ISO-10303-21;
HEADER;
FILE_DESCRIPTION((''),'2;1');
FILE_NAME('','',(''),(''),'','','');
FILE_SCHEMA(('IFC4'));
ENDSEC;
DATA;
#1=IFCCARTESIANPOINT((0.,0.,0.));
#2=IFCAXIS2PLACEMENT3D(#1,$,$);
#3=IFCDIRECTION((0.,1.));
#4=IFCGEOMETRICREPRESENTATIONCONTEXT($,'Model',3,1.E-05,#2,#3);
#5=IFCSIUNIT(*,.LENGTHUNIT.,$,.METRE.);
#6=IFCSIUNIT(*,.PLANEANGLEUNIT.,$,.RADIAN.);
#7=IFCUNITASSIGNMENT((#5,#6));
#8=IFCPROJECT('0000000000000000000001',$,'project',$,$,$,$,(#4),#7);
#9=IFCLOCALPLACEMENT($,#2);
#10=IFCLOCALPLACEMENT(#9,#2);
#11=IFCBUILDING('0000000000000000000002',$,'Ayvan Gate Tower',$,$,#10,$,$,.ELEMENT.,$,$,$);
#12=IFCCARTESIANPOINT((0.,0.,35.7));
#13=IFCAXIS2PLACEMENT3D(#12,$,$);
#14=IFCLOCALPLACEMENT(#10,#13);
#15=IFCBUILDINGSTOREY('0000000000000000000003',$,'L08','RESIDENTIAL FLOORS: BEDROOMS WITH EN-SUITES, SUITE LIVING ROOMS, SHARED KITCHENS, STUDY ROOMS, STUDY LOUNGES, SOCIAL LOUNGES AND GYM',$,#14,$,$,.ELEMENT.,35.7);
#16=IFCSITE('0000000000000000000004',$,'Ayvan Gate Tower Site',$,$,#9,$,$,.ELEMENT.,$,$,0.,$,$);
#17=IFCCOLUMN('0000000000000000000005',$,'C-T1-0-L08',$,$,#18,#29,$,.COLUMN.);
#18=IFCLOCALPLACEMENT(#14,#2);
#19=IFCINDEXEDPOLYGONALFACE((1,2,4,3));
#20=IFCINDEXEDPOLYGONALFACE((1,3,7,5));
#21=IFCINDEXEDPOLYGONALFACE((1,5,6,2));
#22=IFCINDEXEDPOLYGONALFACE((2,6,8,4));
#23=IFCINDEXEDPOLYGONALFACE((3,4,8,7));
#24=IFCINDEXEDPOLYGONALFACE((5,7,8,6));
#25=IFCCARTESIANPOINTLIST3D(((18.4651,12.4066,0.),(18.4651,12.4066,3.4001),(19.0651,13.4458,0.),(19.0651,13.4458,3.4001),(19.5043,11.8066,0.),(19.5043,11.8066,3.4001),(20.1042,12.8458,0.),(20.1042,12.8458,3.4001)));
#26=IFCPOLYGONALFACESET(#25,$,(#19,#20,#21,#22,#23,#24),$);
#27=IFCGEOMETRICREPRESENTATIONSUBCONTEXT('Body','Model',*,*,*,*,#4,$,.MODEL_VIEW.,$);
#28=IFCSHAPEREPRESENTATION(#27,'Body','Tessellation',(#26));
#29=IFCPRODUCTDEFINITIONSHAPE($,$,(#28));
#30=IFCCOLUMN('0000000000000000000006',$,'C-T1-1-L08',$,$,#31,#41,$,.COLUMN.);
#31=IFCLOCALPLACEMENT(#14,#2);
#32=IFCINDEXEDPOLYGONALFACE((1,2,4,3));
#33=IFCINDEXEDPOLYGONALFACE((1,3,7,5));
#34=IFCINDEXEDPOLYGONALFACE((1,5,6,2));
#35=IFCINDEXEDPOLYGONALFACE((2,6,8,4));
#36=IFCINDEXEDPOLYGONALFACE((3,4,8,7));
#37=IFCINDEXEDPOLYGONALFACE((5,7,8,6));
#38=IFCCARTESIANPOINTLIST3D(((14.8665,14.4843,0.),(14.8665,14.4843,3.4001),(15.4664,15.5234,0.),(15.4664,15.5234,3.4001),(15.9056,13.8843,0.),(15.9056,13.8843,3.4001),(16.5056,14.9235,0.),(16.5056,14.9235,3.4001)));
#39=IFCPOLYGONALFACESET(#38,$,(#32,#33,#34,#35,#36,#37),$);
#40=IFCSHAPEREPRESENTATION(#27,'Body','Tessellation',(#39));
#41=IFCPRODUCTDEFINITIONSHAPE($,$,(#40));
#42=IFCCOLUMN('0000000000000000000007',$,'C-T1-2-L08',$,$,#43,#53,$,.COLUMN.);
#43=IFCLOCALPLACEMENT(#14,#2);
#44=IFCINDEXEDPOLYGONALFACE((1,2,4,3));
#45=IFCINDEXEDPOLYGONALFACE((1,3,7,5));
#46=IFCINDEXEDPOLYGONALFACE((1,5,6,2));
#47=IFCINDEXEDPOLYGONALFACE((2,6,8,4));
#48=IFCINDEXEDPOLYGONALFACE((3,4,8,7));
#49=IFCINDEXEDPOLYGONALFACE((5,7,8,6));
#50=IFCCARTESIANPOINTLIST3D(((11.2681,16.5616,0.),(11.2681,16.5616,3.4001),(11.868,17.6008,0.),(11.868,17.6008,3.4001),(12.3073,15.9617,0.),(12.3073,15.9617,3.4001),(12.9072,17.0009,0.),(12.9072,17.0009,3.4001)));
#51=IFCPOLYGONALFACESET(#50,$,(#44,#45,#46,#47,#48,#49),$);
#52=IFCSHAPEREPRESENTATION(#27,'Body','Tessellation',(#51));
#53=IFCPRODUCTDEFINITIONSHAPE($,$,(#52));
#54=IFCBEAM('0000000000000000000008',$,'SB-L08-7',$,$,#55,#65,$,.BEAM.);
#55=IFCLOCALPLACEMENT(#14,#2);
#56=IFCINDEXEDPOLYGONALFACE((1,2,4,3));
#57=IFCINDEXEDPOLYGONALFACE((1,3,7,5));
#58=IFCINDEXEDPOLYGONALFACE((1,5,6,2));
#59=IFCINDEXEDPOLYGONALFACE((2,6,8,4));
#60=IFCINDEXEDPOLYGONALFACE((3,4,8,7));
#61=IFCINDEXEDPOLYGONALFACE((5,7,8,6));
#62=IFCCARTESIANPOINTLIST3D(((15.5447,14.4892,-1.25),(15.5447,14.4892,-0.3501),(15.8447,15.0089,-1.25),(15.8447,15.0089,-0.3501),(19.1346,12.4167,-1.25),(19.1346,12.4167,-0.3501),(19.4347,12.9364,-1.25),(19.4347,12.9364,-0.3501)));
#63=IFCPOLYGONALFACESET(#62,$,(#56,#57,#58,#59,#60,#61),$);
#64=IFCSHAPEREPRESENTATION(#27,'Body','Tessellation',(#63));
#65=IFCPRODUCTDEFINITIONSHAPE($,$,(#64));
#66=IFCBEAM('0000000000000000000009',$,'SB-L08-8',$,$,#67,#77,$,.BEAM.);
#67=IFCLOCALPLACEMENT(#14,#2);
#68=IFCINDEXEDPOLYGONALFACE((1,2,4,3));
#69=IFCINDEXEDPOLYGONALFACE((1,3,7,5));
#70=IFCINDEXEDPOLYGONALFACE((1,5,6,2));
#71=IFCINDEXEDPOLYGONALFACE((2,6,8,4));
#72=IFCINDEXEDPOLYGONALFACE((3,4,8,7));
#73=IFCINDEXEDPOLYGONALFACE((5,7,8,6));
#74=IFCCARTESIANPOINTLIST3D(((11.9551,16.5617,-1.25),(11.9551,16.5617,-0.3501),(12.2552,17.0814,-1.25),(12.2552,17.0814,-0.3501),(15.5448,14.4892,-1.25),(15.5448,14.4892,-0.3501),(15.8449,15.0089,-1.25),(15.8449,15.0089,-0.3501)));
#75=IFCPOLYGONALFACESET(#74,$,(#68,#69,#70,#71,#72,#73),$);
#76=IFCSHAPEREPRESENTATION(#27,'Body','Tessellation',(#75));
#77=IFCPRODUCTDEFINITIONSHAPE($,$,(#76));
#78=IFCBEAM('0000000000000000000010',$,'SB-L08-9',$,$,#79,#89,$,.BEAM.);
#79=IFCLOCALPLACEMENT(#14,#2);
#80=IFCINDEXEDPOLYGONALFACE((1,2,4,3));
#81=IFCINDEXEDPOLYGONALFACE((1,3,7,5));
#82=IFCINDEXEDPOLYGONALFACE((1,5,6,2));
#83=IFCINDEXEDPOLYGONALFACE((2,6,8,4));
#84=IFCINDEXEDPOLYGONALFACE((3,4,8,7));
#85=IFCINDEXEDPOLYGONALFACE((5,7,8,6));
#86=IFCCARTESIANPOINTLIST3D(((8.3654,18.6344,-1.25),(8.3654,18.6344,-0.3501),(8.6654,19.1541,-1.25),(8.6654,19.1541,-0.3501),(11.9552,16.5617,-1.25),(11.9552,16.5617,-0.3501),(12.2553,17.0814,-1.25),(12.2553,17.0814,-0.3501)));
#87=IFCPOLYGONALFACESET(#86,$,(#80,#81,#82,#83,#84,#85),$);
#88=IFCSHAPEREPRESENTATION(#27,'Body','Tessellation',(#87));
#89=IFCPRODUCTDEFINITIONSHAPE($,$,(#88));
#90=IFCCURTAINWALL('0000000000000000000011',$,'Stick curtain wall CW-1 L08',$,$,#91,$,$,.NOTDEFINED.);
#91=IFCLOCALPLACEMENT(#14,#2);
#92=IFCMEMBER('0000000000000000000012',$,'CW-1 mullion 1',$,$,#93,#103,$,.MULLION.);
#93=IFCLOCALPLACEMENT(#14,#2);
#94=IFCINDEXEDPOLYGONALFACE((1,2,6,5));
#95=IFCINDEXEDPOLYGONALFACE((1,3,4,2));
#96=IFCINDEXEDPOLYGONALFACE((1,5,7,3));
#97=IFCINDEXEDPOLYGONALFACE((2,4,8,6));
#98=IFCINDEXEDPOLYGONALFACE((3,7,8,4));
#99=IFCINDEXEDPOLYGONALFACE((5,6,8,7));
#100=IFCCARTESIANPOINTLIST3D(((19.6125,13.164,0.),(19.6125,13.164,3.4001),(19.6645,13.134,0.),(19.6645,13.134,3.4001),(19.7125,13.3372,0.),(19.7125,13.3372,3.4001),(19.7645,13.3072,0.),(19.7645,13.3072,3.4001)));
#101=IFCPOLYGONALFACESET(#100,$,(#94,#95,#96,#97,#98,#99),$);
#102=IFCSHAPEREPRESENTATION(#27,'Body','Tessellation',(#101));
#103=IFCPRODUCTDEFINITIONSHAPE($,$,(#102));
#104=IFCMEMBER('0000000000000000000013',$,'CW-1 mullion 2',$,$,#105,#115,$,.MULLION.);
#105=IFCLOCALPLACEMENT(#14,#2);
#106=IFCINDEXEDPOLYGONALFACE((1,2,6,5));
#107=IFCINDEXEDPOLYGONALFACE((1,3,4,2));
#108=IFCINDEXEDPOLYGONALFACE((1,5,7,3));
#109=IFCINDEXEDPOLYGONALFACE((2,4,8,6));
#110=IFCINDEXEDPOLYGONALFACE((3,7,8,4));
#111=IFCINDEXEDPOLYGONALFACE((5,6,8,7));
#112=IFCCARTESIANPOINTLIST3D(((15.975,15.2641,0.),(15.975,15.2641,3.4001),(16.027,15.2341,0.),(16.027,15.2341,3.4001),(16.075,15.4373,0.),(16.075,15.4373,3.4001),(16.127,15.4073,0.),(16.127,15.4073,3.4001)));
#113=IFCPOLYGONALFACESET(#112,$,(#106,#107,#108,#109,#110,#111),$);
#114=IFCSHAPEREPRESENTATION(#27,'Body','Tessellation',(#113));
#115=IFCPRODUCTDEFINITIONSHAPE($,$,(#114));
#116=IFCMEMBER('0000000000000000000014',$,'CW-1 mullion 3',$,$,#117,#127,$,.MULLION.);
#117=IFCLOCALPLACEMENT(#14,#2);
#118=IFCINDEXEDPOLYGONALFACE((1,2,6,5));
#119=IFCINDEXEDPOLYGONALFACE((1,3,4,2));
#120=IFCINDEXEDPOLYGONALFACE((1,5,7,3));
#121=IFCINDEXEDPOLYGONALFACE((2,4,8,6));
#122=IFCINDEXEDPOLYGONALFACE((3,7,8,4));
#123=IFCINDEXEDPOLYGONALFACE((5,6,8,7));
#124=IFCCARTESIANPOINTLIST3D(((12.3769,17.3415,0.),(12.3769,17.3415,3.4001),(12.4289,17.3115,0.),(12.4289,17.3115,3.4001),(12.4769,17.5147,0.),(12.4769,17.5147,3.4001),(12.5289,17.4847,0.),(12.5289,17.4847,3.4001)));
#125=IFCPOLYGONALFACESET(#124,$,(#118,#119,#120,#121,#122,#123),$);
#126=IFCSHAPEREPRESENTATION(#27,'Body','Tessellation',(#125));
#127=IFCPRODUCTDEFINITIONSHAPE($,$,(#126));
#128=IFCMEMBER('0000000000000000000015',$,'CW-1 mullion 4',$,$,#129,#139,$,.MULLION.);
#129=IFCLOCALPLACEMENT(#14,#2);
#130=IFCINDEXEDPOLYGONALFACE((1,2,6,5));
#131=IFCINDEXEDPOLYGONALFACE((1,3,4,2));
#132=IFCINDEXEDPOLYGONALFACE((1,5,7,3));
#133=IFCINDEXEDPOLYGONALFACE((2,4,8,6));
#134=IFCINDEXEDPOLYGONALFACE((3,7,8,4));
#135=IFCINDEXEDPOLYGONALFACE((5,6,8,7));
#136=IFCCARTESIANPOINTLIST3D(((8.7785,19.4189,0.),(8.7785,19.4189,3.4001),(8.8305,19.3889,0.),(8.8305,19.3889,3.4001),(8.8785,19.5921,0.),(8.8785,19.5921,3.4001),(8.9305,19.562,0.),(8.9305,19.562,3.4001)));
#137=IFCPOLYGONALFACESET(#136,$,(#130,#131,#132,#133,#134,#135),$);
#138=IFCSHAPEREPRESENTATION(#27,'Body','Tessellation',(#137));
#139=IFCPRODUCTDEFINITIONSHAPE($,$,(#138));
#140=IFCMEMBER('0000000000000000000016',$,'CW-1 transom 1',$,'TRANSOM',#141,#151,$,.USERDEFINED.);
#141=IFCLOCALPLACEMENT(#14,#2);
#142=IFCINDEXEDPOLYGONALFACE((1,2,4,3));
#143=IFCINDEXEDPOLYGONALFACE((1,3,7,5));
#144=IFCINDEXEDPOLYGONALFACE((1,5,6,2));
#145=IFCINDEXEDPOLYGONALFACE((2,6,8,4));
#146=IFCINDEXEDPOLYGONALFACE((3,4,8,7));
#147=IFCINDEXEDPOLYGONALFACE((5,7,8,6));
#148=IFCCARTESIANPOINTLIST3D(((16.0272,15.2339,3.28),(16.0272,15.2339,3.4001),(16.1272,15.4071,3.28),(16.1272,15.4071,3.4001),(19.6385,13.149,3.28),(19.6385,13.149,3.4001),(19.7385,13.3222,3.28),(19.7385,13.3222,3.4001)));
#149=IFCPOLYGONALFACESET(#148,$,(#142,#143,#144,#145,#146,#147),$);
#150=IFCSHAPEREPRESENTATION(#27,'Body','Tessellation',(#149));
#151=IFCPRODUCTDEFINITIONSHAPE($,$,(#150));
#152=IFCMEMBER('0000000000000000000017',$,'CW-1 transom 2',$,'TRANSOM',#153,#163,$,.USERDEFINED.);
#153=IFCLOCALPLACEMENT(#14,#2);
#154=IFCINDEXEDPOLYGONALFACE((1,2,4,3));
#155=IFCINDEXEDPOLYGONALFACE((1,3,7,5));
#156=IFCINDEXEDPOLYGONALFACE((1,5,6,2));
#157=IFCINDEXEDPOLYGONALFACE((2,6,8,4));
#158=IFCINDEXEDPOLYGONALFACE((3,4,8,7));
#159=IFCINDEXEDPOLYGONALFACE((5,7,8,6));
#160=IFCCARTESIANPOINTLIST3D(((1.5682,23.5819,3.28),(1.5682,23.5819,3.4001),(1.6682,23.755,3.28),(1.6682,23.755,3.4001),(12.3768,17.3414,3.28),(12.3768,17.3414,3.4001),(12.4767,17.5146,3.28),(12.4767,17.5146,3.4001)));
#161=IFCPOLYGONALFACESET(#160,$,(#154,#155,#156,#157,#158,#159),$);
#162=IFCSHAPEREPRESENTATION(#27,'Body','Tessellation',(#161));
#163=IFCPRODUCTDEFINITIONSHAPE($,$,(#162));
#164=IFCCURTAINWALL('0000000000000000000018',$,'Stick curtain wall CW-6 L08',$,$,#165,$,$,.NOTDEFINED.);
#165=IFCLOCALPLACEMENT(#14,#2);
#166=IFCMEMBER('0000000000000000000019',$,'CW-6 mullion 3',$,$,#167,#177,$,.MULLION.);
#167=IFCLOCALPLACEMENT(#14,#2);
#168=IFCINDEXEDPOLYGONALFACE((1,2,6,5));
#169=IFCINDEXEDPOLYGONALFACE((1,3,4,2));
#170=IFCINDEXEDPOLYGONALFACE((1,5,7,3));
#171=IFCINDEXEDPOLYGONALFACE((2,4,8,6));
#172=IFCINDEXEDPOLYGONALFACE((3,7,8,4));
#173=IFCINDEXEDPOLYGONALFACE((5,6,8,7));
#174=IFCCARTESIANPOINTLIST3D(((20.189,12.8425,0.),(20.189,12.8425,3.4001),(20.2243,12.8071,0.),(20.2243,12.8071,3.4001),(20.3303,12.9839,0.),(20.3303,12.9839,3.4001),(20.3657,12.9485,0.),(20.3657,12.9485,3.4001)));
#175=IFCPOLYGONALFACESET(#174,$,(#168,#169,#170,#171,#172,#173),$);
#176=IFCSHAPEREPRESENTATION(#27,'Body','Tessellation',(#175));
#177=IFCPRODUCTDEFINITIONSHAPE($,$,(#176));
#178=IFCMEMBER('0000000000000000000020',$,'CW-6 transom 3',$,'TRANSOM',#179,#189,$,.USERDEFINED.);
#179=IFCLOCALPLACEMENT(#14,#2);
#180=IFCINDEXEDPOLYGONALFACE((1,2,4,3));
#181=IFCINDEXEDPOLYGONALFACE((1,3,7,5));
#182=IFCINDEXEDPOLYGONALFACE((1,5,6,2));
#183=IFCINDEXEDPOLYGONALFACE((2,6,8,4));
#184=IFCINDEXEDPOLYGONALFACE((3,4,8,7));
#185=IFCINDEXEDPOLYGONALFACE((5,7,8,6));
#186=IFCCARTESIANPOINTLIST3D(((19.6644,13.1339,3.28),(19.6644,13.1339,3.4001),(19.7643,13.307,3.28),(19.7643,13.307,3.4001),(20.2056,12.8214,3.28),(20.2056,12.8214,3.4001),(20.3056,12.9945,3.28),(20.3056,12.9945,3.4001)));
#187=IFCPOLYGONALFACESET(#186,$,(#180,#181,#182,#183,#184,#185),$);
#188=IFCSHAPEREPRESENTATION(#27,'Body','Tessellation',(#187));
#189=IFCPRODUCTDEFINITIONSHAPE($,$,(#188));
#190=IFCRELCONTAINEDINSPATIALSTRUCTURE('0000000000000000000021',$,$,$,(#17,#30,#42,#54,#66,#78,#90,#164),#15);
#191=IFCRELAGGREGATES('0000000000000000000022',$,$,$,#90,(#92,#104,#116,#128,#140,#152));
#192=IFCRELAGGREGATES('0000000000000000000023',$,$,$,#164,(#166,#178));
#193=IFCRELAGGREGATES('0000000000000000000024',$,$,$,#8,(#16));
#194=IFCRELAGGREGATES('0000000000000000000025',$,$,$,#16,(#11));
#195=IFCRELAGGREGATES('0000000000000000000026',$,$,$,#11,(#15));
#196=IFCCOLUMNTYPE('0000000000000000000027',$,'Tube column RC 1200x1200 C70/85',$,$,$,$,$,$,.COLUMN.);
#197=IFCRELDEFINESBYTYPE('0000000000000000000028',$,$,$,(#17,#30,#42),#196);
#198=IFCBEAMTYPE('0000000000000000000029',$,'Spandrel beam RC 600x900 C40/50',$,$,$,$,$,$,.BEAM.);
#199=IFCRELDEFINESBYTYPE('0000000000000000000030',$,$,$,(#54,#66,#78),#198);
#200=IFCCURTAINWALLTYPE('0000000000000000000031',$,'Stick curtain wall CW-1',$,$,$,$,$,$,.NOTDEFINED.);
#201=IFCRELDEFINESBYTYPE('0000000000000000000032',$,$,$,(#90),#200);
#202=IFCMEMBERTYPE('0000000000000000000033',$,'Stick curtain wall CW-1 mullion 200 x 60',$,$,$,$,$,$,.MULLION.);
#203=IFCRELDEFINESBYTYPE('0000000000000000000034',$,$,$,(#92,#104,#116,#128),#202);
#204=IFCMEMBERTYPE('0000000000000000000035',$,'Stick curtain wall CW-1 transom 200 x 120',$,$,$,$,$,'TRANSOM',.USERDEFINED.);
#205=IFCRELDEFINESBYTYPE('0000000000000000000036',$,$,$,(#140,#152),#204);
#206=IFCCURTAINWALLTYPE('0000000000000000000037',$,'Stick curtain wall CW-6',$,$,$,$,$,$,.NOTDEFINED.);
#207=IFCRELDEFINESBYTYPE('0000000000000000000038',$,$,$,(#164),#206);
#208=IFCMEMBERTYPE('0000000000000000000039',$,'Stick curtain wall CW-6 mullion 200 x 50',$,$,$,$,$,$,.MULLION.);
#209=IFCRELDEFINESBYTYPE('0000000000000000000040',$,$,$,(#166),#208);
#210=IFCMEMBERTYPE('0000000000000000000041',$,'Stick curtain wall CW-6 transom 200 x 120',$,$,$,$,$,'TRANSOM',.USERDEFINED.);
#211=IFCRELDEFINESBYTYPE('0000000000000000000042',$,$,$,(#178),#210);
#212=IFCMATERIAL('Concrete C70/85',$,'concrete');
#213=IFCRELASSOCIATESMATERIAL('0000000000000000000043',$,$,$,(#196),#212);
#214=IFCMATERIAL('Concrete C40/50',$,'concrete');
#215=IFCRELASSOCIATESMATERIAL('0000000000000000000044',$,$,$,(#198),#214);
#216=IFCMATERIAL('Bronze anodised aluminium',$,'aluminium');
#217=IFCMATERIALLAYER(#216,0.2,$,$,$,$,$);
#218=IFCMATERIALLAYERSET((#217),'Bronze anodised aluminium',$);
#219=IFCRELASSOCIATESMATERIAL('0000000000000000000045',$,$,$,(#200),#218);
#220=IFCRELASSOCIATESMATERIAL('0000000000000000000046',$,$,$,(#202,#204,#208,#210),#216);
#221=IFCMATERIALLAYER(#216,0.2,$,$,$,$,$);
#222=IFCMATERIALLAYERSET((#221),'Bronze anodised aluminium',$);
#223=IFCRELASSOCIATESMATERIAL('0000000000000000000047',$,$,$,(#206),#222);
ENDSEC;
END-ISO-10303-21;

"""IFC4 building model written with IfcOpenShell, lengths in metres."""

from ifc_helpers import new_model, si_unit, direction, frame, origin, origin_2d, place, context, subcontext, project, spatial, rectangle, extrude, material, layer, layer_set, material_profile, profile_set, type_object, element, aggregate, save


model = new_model("IFC4")

# Units and contexts
model_context = context("Model", 3, precision=1e-05, world=origin(), true_north=direction((0.0, 1.0)))
body_context = subcontext(model_context, "Body", "Model", "MODEL_VIEW")
ifc_project = project(units=[si_unit("LENGTHUNIT", "METRE"), si_unit("PLANEANGLEUNIT", "RADIAN")], contexts=[model_context])

# Site, building, storey
site_placement = place(None, origin())
site = spatial("IfcSite", under=ifc_project, at=site_placement, Name="Ayvan Gate Tower Site", CompositionType="ELEMENT", RefElevation=0.0)
building_placement = place(site_placement, origin())
building = spatial("IfcBuilding", under=site, at=building_placement, Name="Ayvan Gate Tower", CompositionType="ELEMENT")
storey_placement = place(building_placement, frame((0.0, 0.0, 35.7)))
storey = spatial("IfcBuildingStorey", under=building, at=storey_placement, Name="L08", Description="RESIDENTIAL FLOORS: BEDROOMS WITH EN-SUITES, SUITE LIVING ROOMS, SHARED KITCHENS, STUDY ROOMS, STUDY LOUNGES, SOCIAL LOUNGES AND GYM", CompositionType="ELEMENT", Elevation=35.7)

# Columns
ifc_material_1 = material(Name="Concrete C70/85", Category="concrete")
ifc_material_profile_1 = material_profile(ifc_material_1, rectangle(XDim=1.2, YDim=1.2, at=origin_2d()), Name="RC 1200x1200")
ifc_profile_set_1 = profile_set([ifc_material_profile_1], Name="Concrete C70/85")
column_type = type_object("IfcColumnType", Name="Tube column RC 1200x1200 C70/85", PredefinedType="COLUMN", material=ifc_profile_set_1)
for number, where, z_axis, x_axis, name in (
    (1, (19.2847, 12.6262, 0.0), (0.0, 0.0, 1.0), (0.5, 0.866025, 0.0), "C-T1-0-L08"),
    (2, (15.686, 14.7039, 0.0), (0.0, 0.0, 1.0), (0.5, 0.866025, 0.0), "C-T1-1-L08"),
    (3, (12.0876, 16.7812, 0.0), (0.0, 0.0, 1.0), (0.5, 0.866025, 0.0), "C-T1-2-L08"),
):
    element("IfcColumn", number, at=place(storey_placement, frame(where, z_axis=z_axis, x_axis=x_axis)), inside=storey, type_object=column_type, Name=name, PredefinedType="COLUMN", context=body_context, shape_type="SweptSolid", body=[
        extrude(rectangle(XDim=1.2, YDim=1.2, at=origin_2d()), origin(), (0.0, 0.0, 1.0), 3.4001),
    ])

# Beams
ifc_material_2 = material(Name="Concrete C40/50", Category="concrete")
ifc_material_profile_2 = material_profile(ifc_material_2, rectangle(XDim=0.6001, YDim=0.8999, at=origin_2d()), Name="RC 600x900")
ifc_profile_set_2 = profile_set([ifc_material_profile_2], Name="Concrete C40/50")
beam_type = type_object("IfcBeamType", Name="Spandrel beam RC 600x900 C40/50", PredefinedType="BEAM", material=ifc_profile_set_2)
beam_1_placement = place(storey_placement, frame((19.2847, 12.6765, -0.8), z_axis=(-0.866035, 0.499984, 0.0), x_axis=(-0.499984, -0.866035, 0.0)))
element("IfcBeam", 4, at=beam_1_placement, inside=storey, type_object=beam_type, Name="SB-L08-7", PredefinedType="BEAM", context=body_context, shape_type="SweptSolid", body=[
    extrude(rectangle(XDim=0.6001, YDim=0.8999, at=origin_2d()), origin(), (0.0, 0.0, 1.0), 4.1453),
])
beam_2_placement = place(storey_placement, frame((15.6948, 14.749, -0.8), z_axis=(-0.86602, 0.50001, 0.0), x_axis=(-0.50001, -0.86602, 0.0)))
element("IfcBeam", 5, at=beam_2_placement, inside=storey, type_object=beam_type, Name="SB-L08-8", PredefinedType="BEAM", context=body_context, shape_type="SweptSolid", body=[
    extrude(rectangle(XDim=0.6001, YDim=0.8999, at=origin_2d()), origin(), (0.0, 0.0, 1.0), 4.145),
])
beam_3_placement = place(storey_placement, frame((12.1052, 16.8215, -0.8), z_axis=(-0.866009, 0.500028, 0.0), x_axis=(-0.500028, -0.866009, 0.0)))
element("IfcBeam", 6, at=beam_3_placement, inside=storey, type_object=beam_type, Name="SB-L08-9", PredefinedType="BEAM", context=body_context, shape_type="SweptSolid", body=[
    extrude(rectangle(XDim=0.6001, YDim=0.8999, at=origin_2d()), origin(), (0.0, 0.0, 1.0), 4.1453),
])

# Curtain walls, members
ifc_material_3 = material(Name="Bronze anodised aluminium", Category="aluminium")
ifc_layer_1 = layer(ifc_material_3, 0.2)
ifc_layer_set_1 = layer_set([ifc_layer_1], Name="Bronze anodised aluminium")
curtain_wall_type_1 = type_object("IfcCurtainWallType", Name="Stick curtain wall CW-1", PredefinedType="NOTDEFINED", material=ifc_layer_set_1)
curtain_wall_1_placement = place(storey_placement, origin())
curtain_wall_1 = element("IfcCurtainWall", 7, at=curtain_wall_1_placement, inside=storey, type_object=curtain_wall_type_1, Name="Stick curtain wall CW-1 L08", PredefinedType="NOTDEFINED")
ifc_material_profile_3 = material_profile(ifc_material_3, rectangle(XDim=0.2, YDim=0.0601, at=origin_2d()), Name="Stick curtain wall CW-1 mullion 200 x 60")
ifc_profile_set_3 = profile_set([ifc_material_profile_3], Name="Bronze anodised aluminium")
member_type_1 = type_object("IfcMemberType", Name="Stick curtain wall CW-1 mullion 200 x 60", PredefinedType="MULLION", material=ifc_profile_set_3)
member_1_placement = place(storey_placement, frame((19.6885, 13.2356, 0.0), z_axis=(0.0, 0.0, 1.0), x_axis=(0.5, 0.866025, 0.0)))
member_1 = element("IfcMember", 8, at=member_1_placement, type_object=member_type_1, Name="CW-1 mullion 1", PredefinedType="MULLION", context=body_context, shape_type="SweptSolid", body=[
    extrude(rectangle(XDim=0.2, YDim=0.0601, at=origin_2d()), origin(), (0.0, 0.0, 1.0), 3.4001),
])
member_2_placement = place(storey_placement, frame((16.051, 15.3357, 0.0), z_axis=(0.0, 0.0, 1.0), x_axis=(0.5, 0.866025, 0.0)))
member_2 = element("IfcMember", 9, at=member_2_placement, type_object=member_type_1, Name="CW-1 mullion 2", PredefinedType="MULLION", context=body_context, shape_type="SweptSolid", body=[
    extrude(rectangle(XDim=0.2, YDim=0.0601, at=origin_2d()), origin(), (0.0, 0.0, 1.0), 3.4001),
])
member_3_placement = place(storey_placement, frame((12.4529, 17.4131, 0.0), z_axis=(0.0, 0.0, 1.0), x_axis=(0.5, 0.866025, 0.0)))
member_3 = element("IfcMember", 10, at=member_3_placement, type_object=member_type_1, Name="CW-1 mullion 3", PredefinedType="MULLION", context=body_context, shape_type="SweptSolid", body=[
    extrude(rectangle(XDim=0.2, YDim=0.0601, at=origin_2d()), origin(), (0.0, 0.0, 1.0), 3.4001),
])
member_4_placement = place(storey_placement, frame((8.8545, 19.4905, 0.0), z_axis=(0.0, 0.0, 1.0), x_axis=(0.5, 0.866025, 0.0)))
member_4 = element("IfcMember", 11, at=member_4_placement, type_object=member_type_1, Name="CW-1 mullion 4", PredefinedType="MULLION", context=body_context, shape_type="SweptSolid", body=[
    extrude(rectangle(XDim=0.2, YDim=0.0601, at=origin_2d()), origin(), (0.0, 0.0, 1.0), 3.4001),
])
ifc_material_profile_4 = material_profile(ifc_material_3, rectangle(XDim=0.2, YDim=0.1201, at=origin_2d()), Name="Stick curtain wall CW-1 transom 200 x 120")
ifc_profile_set_4 = profile_set([ifc_material_profile_4], Name="Bronze anodised aluminium")
member_type_2 = type_object("IfcMemberType", Name="Stick curtain wall CW-1 transom 200 x 120", ElementType="TRANSOM", PredefinedType="USERDEFINED", material=ifc_profile_set_4)
member_5_placement = place(storey_placement, frame((19.6885, 13.2356, 3.3401), z_axis=(-0.86603, 0.499993, 0.0), x_axis=(-0.499993, -0.86603, 0.0)))
member_5 = element("IfcMember", 12, at=member_5_placement, type_object=member_type_2, Name="CW-1 transom 1", ObjectType="TRANSOM", PredefinedType="USERDEFINED", context=body_context, shape_type="SweptSolid", body=[
    extrude(rectangle(XDim=0.2, YDim=0.1201, at=origin_2d()), origin(), (0.0, 0.0, 1.0), 4.1699),
])
member_6_placement = place(storey_placement, frame((12.4268, 17.428, 3.3401), z_axis=(-0.866021, 0.500008, 0.0), x_axis=(-0.500008, -0.866021, 0.0)))
member_6 = element("IfcMember", 13, at=member_6_placement, type_object=member_type_2, Name="CW-1 transom 2", ObjectType="TRANSOM", PredefinedType="USERDEFINED", context=body_context, shape_type="SweptSolid", body=[
    extrude(rectangle(XDim=0.2, YDim=0.1201, at=origin_2d()), origin(), (0.0, 0.0, 1.0), 12.4807),
])
ifc_layer_2 = layer(ifc_material_3, 0.2)
ifc_layer_set_2 = layer_set([ifc_layer_2], Name="Bronze anodised aluminium")
curtain_wall_type_2 = type_object("IfcCurtainWallType", Name="Stick curtain wall CW-6", PredefinedType="NOTDEFINED", material=ifc_layer_set_2)
curtain_wall_2_placement = place(storey_placement, origin())
curtain_wall_2 = element("IfcCurtainWall", 14, at=curtain_wall_2_placement, inside=storey, type_object=curtain_wall_type_2, Name="Stick curtain wall CW-6 L08", PredefinedType="NOTDEFINED")
ifc_material_profile_5 = material_profile(ifc_material_3, rectangle(XDim=0.2, YDim=0.05, at=origin_2d()), Name="Stick curtain wall CW-6 mullion 200 x 50")
ifc_profile_set_5 = profile_set([ifc_material_profile_5], Name="Bronze anodised aluminium")
member_type_3 = type_object("IfcMemberType", Name="Stick curtain wall CW-6 mullion 200 x 50", PredefinedType="MULLION", material=ifc_profile_set_5)
member_7_placement = place(storey_placement, frame((20.2773, 12.8955, 0.0), z_axis=(0.0, 0.0, 1.0), x_axis=(0.707107, 0.707107, 0.0)))
member_7 = element("IfcMember", 15, at=member_7_placement, type_object=member_type_3, Name="CW-6 mullion 3", PredefinedType="MULLION", context=body_context, shape_type="SweptSolid", body=[
    extrude(rectangle(XDim=0.2, YDim=0.05, at=origin_2d()), origin(), (0.0, 0.0, 1.0), 3.4001),
])
ifc_material_profile_6 = material_profile(ifc_material_3, rectangle(XDim=0.2, YDim=0.1201, at=origin_2d()), Name="Stick curtain wall CW-6 transom 200 x 120")
ifc_profile_set_6 = profile_set([ifc_material_profile_6], Name="Bronze anodised aluminium")
member_type_4 = type_object("IfcMemberType", Name="Stick curtain wall CW-6 transom 200 x 120", ElementType="TRANSOM", PredefinedType="USERDEFINED", material=ifc_profile_set_6)
member_8_placement = place(storey_placement, frame((20.2556, 12.908, 3.3401), z_axis=(-0.866023, 0.500004, 0.0), x_axis=(-0.500004, -0.866023, 0.0)))
member_8 = element("IfcMember", 16, at=member_8_placement, type_object=member_type_4, Name="CW-6 transom 3", ObjectType="TRANSOM", PredefinedType="USERDEFINED", context=body_context, shape_type="SweptSolid", body=[
    extrude(rectangle(XDim=0.2, YDim=0.1201, at=origin_2d()), origin(), (0.0, 0.0, 1.0), 0.625),
])

aggregate(curtain_wall_1, [member_1, member_2, member_3, member_4, member_5, member_6])
aggregate(curtain_wall_2, [member_7, member_8])

save(model, "model.ifc")
